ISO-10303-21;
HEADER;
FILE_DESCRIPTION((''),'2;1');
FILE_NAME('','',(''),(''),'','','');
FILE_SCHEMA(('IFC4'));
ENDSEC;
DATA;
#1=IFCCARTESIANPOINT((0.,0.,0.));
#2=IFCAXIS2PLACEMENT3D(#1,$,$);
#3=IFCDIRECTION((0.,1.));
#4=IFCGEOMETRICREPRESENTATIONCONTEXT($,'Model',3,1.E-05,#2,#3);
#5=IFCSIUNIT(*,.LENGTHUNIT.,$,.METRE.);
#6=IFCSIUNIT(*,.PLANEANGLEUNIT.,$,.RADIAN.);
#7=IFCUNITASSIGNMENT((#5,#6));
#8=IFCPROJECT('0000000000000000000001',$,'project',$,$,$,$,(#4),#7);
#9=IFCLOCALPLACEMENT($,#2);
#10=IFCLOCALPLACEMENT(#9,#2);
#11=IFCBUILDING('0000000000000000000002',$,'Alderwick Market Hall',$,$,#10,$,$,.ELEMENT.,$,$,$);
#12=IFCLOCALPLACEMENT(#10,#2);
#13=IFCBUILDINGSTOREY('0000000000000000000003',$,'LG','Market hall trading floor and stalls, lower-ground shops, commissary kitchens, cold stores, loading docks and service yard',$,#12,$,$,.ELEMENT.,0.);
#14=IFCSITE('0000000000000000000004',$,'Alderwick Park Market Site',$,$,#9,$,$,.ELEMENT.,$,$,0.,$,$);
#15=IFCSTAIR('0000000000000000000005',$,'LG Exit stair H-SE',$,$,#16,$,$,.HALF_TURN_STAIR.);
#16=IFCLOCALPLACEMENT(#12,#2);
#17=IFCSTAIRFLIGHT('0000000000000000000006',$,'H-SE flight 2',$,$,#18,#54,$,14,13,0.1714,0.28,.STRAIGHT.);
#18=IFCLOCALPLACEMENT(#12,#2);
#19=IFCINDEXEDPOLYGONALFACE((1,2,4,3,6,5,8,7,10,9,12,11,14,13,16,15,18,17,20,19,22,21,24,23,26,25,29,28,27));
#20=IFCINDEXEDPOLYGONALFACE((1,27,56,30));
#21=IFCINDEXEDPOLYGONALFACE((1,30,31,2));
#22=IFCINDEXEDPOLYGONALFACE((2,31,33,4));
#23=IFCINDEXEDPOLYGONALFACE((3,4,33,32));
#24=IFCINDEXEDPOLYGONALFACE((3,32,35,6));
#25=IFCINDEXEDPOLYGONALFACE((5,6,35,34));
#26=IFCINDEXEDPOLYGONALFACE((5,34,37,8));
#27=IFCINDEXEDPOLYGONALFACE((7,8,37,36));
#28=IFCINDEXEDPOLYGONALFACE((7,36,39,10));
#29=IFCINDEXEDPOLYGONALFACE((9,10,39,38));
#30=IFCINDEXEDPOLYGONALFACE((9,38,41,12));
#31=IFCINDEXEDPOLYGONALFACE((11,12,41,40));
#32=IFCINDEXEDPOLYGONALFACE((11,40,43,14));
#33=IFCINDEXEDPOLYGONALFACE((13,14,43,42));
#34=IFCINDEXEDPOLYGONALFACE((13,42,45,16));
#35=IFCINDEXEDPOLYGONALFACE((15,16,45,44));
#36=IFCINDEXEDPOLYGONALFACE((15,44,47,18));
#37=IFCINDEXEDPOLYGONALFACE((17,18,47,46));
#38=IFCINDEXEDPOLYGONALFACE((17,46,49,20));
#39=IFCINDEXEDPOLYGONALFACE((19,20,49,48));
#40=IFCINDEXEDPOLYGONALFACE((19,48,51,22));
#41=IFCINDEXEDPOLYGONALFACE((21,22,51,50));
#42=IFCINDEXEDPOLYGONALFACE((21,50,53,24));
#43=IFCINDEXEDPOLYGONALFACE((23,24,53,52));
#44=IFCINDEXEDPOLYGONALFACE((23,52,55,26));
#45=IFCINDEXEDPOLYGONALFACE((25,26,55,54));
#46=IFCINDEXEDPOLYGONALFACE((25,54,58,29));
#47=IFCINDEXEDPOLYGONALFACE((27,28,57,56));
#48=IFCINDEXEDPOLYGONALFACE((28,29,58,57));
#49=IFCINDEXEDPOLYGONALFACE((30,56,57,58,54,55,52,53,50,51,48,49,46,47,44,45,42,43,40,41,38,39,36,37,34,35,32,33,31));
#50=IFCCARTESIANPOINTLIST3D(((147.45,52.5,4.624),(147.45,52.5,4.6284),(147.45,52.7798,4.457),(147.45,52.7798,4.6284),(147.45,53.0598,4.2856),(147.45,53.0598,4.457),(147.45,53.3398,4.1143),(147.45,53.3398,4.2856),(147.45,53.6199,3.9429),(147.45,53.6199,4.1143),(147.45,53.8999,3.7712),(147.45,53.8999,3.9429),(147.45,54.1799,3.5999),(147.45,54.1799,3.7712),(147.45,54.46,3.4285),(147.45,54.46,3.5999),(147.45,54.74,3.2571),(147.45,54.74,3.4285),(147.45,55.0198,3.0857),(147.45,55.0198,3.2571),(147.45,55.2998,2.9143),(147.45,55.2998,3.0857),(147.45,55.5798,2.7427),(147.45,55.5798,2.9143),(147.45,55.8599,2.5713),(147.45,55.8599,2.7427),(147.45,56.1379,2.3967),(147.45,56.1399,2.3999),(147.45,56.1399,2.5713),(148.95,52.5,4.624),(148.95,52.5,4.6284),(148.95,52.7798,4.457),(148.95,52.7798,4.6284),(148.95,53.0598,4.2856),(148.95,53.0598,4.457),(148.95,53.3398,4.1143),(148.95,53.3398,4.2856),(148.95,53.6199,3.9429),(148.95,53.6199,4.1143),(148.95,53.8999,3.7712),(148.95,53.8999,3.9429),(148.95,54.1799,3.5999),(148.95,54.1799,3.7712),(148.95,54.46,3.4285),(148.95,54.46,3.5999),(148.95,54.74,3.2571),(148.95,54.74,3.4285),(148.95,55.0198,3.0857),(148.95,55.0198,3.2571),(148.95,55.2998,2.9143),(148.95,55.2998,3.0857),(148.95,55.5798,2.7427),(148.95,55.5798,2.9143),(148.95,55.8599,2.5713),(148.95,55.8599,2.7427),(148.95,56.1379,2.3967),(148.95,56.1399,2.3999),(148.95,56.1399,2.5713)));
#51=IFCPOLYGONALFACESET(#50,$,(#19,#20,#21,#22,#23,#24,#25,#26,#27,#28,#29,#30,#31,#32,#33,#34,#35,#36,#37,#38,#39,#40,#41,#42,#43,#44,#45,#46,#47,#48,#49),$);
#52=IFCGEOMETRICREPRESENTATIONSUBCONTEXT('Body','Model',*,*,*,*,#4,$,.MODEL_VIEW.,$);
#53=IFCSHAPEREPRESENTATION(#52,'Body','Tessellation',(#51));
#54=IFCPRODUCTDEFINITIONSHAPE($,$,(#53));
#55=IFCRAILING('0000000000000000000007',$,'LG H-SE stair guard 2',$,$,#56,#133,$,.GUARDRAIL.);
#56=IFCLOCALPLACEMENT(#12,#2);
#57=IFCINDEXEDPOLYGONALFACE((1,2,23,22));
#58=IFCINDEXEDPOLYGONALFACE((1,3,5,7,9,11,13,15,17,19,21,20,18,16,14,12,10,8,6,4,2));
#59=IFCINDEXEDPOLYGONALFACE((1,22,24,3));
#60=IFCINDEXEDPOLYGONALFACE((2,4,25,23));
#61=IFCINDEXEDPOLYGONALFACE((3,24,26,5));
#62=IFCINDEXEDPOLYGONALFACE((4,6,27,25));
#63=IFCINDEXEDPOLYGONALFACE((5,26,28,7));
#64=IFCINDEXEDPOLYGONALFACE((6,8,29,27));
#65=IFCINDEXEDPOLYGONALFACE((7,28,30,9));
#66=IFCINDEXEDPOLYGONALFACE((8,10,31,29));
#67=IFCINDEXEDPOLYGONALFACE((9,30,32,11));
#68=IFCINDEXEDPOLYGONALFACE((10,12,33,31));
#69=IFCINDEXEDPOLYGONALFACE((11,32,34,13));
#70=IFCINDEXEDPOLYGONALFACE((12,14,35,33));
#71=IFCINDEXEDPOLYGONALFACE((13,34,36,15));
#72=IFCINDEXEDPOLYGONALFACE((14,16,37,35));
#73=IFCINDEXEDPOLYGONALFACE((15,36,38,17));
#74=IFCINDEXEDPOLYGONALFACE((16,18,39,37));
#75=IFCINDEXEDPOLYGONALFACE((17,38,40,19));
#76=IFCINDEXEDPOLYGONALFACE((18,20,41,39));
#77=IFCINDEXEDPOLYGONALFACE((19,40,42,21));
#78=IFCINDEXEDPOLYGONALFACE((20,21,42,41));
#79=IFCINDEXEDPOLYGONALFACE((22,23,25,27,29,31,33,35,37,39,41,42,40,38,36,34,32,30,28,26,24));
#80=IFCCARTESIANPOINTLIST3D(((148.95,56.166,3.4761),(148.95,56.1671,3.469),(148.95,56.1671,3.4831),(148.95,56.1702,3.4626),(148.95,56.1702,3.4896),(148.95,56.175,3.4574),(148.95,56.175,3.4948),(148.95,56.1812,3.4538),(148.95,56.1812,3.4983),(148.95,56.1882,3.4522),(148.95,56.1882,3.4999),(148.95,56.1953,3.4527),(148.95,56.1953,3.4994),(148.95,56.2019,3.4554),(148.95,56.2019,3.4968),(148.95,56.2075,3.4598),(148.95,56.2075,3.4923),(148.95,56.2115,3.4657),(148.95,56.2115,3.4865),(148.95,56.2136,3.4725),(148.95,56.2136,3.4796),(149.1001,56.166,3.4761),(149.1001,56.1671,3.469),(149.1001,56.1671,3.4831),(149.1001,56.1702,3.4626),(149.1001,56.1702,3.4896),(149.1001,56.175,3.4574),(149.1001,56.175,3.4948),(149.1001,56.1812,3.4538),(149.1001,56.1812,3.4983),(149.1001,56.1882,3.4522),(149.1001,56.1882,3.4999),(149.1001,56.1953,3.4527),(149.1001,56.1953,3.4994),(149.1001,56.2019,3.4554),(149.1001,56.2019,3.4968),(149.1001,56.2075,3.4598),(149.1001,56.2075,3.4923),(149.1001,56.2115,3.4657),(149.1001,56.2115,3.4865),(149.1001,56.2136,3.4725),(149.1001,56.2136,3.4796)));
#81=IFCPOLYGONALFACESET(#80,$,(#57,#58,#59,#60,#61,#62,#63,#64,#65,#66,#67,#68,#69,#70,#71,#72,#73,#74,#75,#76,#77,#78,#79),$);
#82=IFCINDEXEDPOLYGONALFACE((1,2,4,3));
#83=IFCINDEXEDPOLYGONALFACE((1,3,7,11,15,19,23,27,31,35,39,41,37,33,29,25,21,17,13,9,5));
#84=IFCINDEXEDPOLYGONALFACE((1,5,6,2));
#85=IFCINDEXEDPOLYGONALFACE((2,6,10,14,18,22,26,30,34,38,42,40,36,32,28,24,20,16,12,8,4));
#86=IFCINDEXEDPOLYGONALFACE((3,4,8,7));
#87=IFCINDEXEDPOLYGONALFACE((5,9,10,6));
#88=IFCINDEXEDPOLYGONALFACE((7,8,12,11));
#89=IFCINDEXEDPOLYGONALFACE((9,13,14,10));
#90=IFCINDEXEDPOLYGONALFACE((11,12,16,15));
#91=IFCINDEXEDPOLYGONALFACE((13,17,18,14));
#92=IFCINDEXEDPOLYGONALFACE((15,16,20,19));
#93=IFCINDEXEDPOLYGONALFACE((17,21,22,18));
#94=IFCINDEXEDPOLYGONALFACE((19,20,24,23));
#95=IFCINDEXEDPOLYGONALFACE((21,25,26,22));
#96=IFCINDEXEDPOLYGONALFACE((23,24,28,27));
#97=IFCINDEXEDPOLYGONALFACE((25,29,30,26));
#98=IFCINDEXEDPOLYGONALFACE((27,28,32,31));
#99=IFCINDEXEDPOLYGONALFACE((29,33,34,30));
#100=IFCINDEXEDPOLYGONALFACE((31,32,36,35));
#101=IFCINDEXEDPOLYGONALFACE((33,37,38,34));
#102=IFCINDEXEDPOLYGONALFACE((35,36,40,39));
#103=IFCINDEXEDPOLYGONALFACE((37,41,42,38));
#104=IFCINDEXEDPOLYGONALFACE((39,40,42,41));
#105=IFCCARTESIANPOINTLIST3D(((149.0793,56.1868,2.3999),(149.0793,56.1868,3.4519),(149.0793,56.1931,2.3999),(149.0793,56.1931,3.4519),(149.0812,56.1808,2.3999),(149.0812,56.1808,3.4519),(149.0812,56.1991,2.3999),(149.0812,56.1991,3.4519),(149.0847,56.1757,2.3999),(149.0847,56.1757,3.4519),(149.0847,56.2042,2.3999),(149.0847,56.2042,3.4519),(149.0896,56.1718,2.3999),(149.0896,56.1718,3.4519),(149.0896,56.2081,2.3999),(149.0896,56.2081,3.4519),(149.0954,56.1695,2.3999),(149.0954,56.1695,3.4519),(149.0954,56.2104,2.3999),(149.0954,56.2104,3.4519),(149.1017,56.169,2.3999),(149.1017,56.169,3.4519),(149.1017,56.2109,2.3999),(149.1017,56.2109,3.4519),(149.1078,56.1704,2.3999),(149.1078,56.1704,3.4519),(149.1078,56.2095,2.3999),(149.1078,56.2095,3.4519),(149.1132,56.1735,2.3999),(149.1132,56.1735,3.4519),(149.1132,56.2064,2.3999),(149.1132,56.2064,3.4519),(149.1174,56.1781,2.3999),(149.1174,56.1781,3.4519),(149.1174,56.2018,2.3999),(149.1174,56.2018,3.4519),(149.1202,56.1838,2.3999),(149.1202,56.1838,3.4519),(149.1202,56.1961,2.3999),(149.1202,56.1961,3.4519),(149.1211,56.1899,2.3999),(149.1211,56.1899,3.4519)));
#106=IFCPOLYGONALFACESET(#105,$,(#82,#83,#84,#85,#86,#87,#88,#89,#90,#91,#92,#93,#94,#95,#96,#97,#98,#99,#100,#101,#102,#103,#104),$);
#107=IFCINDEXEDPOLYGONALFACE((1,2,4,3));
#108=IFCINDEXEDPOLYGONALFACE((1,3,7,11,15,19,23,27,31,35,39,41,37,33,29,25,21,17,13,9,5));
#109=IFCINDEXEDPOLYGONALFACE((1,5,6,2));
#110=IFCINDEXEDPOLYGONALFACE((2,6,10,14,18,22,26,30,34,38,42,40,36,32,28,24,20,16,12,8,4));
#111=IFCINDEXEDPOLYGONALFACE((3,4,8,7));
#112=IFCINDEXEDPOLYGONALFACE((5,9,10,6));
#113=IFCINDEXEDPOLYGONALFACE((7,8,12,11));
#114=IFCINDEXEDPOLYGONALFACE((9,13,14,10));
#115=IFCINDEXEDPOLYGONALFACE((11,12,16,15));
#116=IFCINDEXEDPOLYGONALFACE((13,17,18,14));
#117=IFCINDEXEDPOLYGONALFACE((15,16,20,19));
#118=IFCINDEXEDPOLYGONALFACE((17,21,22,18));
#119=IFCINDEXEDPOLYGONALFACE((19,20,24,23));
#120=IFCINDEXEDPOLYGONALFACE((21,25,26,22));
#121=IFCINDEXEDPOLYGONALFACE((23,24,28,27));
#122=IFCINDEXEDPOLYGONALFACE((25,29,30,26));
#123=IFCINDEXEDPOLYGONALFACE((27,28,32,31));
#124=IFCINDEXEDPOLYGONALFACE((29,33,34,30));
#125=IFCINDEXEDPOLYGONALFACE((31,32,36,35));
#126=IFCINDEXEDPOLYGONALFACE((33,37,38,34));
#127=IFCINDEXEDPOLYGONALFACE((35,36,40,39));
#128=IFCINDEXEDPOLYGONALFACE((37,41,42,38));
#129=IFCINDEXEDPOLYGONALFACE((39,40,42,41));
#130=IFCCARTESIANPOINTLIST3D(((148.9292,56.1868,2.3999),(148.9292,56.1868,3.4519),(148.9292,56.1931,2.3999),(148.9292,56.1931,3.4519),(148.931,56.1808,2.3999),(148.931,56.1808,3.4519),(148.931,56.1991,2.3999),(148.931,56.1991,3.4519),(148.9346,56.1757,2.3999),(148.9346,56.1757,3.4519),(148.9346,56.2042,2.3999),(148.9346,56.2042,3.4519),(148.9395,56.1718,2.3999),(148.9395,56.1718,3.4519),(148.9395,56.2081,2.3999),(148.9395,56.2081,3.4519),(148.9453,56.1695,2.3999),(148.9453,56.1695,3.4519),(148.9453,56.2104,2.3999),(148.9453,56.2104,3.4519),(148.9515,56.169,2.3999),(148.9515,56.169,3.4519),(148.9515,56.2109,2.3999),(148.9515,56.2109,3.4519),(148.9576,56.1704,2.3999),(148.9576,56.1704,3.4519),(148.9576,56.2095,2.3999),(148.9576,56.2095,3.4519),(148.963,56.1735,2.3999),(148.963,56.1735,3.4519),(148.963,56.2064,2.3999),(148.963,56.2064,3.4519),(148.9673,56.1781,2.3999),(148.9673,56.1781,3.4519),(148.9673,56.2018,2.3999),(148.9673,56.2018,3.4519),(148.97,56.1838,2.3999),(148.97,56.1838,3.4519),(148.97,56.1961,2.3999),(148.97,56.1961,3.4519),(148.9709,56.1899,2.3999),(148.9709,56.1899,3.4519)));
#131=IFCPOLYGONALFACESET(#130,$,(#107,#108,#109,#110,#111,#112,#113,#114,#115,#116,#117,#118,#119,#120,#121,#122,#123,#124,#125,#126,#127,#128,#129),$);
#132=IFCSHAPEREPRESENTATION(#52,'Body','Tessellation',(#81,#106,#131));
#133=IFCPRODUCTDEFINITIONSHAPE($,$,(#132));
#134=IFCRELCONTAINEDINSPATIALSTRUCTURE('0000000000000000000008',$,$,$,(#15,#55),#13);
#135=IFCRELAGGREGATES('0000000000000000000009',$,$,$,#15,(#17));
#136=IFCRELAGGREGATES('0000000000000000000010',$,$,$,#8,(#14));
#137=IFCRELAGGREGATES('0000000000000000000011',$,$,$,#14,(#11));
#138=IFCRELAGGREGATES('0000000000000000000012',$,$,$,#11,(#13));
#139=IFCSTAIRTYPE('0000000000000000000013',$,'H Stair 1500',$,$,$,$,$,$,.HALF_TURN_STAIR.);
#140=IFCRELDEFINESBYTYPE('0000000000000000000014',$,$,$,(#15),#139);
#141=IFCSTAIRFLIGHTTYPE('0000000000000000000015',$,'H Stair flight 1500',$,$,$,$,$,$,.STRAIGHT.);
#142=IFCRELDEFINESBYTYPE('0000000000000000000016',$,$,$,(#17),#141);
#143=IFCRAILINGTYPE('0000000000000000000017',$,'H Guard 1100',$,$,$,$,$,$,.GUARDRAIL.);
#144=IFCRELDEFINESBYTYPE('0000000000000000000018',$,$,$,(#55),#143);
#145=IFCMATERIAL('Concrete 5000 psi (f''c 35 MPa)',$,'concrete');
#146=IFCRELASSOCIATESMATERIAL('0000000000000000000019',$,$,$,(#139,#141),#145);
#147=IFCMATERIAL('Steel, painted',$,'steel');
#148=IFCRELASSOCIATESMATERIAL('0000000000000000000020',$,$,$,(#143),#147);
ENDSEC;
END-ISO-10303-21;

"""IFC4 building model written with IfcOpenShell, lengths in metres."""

from ifc_helpers import new_model, si_unit, direction, frame, origin, origin_2d, place, context, subcontext, project, spatial, polyline, circle, outline, extrude, material, type_object, element, aggregate, save


model = new_model("IFC4")

# Units and contexts
model_context = context("Model", 3, precision=1e-05, world=origin(), true_north=direction((0.0, 1.0)))
body_context = subcontext(model_context, "Body", "Model", "MODEL_VIEW")
ifc_project = project(units=[si_unit("LENGTHUNIT", "METRE"), si_unit("PLANEANGLEUNIT", "RADIAN")], contexts=[model_context])

# Site, building, storey
site_placement = place(None, origin())
site = spatial("IfcSite", under=ifc_project, at=site_placement, Name="Alderwick Park Market Site", CompositionType="ELEMENT", RefElevation=0.0)
building_placement = place(site_placement, origin())
building = spatial("IfcBuilding", under=site, at=building_placement, Name="Alderwick Market Hall", CompositionType="ELEMENT")
storey_placement = place(building_placement, origin())
storey = spatial("IfcBuildingStorey", under=building, at=storey_placement, Name="LG", Description="Market hall trading floor and stalls, lower-ground shops, commissary kitchens, cold stores, loading docks and service yard", CompositionType="ELEMENT", Elevation=0.0)

# Shared definitions
ifc_material_1 = material(Name="Concrete 5000 psi (f'c 35 MPa)", Category="concrete")

# Stair, stair flight
stair_type = type_object("IfcStairType", Name="H Stair 1500", PredefinedType="HALF_TURN_STAIR", material=ifc_material_1)
stair_placement = place(storey_placement, origin())
stair = element("IfcStair", 1, at=stair_placement, inside=storey, type_object=stair_type, Name="LG Exit stair H-SE", PredefinedType="HALF_TURN_STAIR")
stair_flight_type = type_object("IfcStairFlightType", Name="H Stair flight 1500", PredefinedType="STRAIGHT", material=ifc_material_1)
stair_flight_placement = place(storey_placement, frame((148.2, 56.1399, 2.3999), z_axis=(0.0, 0.0, 1.0), x_axis=(0.0, -1.0, 0.0)))
stair_flight = element("IfcStairFlight", 2, at=stair_flight_placement, type_object=stair_flight_type, Name="H-SE flight 2", NumberOfRisers=14, NumberOfTreads=13, PredefinedType="STRAIGHT", RiserHeight=0.1714, TreadLength=0.28, context=body_context, shape_type="SweptSolid", body=[
    extrude(outline(polyline([(0.002, -0.0032), (0.0, 0.0), (0.0, 0.1714), (0.28, 0.1714), (0.28, 0.3428), (0.5601, 0.3428), (0.5601, 0.5144), (0.8401, 0.5144), (0.8401, 0.6858), (1.1201, 0.6858), (1.1201, 0.8572), (1.3999, 0.8572), (1.3999, 1.0286), (1.6799, 1.0286), (1.6799, 1.2), (1.96, 1.2), (1.96, 1.3713), (2.24, 1.3713), (2.24, 1.543), (2.52, 1.543), (2.52, 1.7144), (2.8, 1.7144), (2.8, 1.8857), (3.0801, 1.8857), (3.0801, 2.0571), (3.3601, 2.0571), (3.3601, 2.2285), (3.6399, 2.2285), (3.6399, 2.2241), (0.002, -0.0032)])), frame((0.0, 0.75, 0.0), z_axis=(0.0, -1.0, 0.0), x_axis=(1.0, 0.0, 0.0)), (0.0, 0.0, 1.0), 1.5),
])
aggregate(stair, [stair_flight])

# Railing
ifc_material_2 = material(Name="Steel, painted", Category="steel")
railing_type_1 = type_object("IfcRailingType", Name="H Guard 1100", PredefinedType="GUARDRAIL", material=ifc_material_2)
railing_1_placement = place(storey_placement, frame((149.1001, 56.1899, 2.3999)))
element("IfcRailing", 3, at=railing_1_placement, inside=storey, type_object=railing_type_1, Name="LG H-SE stair guard 2", PredefinedType="GUARDRAIL", context=body_context, shape_type="SweptSolid", body=[
    extrude(circle(Radius=0.0239, at=origin_2d()), frame((0.0, 0.0, 1.0762), z_axis=(-1.0, 0.0, 0.0), x_axis=(0.0, -1.0, 0.0)), (0.0, 0.0, 1.0), 0.1501),
    extrude(circle(Radius=0.021, at=origin_2d()), origin(), (0.0, 0.0, 1.0), 1.052),
    extrude(circle(Radius=0.021, at=origin_2d()), frame((-0.1501, 0.0, 0.0)), (0.0, 0.0, 1.0), 1.052),
])

save(model, "model.ifc")
